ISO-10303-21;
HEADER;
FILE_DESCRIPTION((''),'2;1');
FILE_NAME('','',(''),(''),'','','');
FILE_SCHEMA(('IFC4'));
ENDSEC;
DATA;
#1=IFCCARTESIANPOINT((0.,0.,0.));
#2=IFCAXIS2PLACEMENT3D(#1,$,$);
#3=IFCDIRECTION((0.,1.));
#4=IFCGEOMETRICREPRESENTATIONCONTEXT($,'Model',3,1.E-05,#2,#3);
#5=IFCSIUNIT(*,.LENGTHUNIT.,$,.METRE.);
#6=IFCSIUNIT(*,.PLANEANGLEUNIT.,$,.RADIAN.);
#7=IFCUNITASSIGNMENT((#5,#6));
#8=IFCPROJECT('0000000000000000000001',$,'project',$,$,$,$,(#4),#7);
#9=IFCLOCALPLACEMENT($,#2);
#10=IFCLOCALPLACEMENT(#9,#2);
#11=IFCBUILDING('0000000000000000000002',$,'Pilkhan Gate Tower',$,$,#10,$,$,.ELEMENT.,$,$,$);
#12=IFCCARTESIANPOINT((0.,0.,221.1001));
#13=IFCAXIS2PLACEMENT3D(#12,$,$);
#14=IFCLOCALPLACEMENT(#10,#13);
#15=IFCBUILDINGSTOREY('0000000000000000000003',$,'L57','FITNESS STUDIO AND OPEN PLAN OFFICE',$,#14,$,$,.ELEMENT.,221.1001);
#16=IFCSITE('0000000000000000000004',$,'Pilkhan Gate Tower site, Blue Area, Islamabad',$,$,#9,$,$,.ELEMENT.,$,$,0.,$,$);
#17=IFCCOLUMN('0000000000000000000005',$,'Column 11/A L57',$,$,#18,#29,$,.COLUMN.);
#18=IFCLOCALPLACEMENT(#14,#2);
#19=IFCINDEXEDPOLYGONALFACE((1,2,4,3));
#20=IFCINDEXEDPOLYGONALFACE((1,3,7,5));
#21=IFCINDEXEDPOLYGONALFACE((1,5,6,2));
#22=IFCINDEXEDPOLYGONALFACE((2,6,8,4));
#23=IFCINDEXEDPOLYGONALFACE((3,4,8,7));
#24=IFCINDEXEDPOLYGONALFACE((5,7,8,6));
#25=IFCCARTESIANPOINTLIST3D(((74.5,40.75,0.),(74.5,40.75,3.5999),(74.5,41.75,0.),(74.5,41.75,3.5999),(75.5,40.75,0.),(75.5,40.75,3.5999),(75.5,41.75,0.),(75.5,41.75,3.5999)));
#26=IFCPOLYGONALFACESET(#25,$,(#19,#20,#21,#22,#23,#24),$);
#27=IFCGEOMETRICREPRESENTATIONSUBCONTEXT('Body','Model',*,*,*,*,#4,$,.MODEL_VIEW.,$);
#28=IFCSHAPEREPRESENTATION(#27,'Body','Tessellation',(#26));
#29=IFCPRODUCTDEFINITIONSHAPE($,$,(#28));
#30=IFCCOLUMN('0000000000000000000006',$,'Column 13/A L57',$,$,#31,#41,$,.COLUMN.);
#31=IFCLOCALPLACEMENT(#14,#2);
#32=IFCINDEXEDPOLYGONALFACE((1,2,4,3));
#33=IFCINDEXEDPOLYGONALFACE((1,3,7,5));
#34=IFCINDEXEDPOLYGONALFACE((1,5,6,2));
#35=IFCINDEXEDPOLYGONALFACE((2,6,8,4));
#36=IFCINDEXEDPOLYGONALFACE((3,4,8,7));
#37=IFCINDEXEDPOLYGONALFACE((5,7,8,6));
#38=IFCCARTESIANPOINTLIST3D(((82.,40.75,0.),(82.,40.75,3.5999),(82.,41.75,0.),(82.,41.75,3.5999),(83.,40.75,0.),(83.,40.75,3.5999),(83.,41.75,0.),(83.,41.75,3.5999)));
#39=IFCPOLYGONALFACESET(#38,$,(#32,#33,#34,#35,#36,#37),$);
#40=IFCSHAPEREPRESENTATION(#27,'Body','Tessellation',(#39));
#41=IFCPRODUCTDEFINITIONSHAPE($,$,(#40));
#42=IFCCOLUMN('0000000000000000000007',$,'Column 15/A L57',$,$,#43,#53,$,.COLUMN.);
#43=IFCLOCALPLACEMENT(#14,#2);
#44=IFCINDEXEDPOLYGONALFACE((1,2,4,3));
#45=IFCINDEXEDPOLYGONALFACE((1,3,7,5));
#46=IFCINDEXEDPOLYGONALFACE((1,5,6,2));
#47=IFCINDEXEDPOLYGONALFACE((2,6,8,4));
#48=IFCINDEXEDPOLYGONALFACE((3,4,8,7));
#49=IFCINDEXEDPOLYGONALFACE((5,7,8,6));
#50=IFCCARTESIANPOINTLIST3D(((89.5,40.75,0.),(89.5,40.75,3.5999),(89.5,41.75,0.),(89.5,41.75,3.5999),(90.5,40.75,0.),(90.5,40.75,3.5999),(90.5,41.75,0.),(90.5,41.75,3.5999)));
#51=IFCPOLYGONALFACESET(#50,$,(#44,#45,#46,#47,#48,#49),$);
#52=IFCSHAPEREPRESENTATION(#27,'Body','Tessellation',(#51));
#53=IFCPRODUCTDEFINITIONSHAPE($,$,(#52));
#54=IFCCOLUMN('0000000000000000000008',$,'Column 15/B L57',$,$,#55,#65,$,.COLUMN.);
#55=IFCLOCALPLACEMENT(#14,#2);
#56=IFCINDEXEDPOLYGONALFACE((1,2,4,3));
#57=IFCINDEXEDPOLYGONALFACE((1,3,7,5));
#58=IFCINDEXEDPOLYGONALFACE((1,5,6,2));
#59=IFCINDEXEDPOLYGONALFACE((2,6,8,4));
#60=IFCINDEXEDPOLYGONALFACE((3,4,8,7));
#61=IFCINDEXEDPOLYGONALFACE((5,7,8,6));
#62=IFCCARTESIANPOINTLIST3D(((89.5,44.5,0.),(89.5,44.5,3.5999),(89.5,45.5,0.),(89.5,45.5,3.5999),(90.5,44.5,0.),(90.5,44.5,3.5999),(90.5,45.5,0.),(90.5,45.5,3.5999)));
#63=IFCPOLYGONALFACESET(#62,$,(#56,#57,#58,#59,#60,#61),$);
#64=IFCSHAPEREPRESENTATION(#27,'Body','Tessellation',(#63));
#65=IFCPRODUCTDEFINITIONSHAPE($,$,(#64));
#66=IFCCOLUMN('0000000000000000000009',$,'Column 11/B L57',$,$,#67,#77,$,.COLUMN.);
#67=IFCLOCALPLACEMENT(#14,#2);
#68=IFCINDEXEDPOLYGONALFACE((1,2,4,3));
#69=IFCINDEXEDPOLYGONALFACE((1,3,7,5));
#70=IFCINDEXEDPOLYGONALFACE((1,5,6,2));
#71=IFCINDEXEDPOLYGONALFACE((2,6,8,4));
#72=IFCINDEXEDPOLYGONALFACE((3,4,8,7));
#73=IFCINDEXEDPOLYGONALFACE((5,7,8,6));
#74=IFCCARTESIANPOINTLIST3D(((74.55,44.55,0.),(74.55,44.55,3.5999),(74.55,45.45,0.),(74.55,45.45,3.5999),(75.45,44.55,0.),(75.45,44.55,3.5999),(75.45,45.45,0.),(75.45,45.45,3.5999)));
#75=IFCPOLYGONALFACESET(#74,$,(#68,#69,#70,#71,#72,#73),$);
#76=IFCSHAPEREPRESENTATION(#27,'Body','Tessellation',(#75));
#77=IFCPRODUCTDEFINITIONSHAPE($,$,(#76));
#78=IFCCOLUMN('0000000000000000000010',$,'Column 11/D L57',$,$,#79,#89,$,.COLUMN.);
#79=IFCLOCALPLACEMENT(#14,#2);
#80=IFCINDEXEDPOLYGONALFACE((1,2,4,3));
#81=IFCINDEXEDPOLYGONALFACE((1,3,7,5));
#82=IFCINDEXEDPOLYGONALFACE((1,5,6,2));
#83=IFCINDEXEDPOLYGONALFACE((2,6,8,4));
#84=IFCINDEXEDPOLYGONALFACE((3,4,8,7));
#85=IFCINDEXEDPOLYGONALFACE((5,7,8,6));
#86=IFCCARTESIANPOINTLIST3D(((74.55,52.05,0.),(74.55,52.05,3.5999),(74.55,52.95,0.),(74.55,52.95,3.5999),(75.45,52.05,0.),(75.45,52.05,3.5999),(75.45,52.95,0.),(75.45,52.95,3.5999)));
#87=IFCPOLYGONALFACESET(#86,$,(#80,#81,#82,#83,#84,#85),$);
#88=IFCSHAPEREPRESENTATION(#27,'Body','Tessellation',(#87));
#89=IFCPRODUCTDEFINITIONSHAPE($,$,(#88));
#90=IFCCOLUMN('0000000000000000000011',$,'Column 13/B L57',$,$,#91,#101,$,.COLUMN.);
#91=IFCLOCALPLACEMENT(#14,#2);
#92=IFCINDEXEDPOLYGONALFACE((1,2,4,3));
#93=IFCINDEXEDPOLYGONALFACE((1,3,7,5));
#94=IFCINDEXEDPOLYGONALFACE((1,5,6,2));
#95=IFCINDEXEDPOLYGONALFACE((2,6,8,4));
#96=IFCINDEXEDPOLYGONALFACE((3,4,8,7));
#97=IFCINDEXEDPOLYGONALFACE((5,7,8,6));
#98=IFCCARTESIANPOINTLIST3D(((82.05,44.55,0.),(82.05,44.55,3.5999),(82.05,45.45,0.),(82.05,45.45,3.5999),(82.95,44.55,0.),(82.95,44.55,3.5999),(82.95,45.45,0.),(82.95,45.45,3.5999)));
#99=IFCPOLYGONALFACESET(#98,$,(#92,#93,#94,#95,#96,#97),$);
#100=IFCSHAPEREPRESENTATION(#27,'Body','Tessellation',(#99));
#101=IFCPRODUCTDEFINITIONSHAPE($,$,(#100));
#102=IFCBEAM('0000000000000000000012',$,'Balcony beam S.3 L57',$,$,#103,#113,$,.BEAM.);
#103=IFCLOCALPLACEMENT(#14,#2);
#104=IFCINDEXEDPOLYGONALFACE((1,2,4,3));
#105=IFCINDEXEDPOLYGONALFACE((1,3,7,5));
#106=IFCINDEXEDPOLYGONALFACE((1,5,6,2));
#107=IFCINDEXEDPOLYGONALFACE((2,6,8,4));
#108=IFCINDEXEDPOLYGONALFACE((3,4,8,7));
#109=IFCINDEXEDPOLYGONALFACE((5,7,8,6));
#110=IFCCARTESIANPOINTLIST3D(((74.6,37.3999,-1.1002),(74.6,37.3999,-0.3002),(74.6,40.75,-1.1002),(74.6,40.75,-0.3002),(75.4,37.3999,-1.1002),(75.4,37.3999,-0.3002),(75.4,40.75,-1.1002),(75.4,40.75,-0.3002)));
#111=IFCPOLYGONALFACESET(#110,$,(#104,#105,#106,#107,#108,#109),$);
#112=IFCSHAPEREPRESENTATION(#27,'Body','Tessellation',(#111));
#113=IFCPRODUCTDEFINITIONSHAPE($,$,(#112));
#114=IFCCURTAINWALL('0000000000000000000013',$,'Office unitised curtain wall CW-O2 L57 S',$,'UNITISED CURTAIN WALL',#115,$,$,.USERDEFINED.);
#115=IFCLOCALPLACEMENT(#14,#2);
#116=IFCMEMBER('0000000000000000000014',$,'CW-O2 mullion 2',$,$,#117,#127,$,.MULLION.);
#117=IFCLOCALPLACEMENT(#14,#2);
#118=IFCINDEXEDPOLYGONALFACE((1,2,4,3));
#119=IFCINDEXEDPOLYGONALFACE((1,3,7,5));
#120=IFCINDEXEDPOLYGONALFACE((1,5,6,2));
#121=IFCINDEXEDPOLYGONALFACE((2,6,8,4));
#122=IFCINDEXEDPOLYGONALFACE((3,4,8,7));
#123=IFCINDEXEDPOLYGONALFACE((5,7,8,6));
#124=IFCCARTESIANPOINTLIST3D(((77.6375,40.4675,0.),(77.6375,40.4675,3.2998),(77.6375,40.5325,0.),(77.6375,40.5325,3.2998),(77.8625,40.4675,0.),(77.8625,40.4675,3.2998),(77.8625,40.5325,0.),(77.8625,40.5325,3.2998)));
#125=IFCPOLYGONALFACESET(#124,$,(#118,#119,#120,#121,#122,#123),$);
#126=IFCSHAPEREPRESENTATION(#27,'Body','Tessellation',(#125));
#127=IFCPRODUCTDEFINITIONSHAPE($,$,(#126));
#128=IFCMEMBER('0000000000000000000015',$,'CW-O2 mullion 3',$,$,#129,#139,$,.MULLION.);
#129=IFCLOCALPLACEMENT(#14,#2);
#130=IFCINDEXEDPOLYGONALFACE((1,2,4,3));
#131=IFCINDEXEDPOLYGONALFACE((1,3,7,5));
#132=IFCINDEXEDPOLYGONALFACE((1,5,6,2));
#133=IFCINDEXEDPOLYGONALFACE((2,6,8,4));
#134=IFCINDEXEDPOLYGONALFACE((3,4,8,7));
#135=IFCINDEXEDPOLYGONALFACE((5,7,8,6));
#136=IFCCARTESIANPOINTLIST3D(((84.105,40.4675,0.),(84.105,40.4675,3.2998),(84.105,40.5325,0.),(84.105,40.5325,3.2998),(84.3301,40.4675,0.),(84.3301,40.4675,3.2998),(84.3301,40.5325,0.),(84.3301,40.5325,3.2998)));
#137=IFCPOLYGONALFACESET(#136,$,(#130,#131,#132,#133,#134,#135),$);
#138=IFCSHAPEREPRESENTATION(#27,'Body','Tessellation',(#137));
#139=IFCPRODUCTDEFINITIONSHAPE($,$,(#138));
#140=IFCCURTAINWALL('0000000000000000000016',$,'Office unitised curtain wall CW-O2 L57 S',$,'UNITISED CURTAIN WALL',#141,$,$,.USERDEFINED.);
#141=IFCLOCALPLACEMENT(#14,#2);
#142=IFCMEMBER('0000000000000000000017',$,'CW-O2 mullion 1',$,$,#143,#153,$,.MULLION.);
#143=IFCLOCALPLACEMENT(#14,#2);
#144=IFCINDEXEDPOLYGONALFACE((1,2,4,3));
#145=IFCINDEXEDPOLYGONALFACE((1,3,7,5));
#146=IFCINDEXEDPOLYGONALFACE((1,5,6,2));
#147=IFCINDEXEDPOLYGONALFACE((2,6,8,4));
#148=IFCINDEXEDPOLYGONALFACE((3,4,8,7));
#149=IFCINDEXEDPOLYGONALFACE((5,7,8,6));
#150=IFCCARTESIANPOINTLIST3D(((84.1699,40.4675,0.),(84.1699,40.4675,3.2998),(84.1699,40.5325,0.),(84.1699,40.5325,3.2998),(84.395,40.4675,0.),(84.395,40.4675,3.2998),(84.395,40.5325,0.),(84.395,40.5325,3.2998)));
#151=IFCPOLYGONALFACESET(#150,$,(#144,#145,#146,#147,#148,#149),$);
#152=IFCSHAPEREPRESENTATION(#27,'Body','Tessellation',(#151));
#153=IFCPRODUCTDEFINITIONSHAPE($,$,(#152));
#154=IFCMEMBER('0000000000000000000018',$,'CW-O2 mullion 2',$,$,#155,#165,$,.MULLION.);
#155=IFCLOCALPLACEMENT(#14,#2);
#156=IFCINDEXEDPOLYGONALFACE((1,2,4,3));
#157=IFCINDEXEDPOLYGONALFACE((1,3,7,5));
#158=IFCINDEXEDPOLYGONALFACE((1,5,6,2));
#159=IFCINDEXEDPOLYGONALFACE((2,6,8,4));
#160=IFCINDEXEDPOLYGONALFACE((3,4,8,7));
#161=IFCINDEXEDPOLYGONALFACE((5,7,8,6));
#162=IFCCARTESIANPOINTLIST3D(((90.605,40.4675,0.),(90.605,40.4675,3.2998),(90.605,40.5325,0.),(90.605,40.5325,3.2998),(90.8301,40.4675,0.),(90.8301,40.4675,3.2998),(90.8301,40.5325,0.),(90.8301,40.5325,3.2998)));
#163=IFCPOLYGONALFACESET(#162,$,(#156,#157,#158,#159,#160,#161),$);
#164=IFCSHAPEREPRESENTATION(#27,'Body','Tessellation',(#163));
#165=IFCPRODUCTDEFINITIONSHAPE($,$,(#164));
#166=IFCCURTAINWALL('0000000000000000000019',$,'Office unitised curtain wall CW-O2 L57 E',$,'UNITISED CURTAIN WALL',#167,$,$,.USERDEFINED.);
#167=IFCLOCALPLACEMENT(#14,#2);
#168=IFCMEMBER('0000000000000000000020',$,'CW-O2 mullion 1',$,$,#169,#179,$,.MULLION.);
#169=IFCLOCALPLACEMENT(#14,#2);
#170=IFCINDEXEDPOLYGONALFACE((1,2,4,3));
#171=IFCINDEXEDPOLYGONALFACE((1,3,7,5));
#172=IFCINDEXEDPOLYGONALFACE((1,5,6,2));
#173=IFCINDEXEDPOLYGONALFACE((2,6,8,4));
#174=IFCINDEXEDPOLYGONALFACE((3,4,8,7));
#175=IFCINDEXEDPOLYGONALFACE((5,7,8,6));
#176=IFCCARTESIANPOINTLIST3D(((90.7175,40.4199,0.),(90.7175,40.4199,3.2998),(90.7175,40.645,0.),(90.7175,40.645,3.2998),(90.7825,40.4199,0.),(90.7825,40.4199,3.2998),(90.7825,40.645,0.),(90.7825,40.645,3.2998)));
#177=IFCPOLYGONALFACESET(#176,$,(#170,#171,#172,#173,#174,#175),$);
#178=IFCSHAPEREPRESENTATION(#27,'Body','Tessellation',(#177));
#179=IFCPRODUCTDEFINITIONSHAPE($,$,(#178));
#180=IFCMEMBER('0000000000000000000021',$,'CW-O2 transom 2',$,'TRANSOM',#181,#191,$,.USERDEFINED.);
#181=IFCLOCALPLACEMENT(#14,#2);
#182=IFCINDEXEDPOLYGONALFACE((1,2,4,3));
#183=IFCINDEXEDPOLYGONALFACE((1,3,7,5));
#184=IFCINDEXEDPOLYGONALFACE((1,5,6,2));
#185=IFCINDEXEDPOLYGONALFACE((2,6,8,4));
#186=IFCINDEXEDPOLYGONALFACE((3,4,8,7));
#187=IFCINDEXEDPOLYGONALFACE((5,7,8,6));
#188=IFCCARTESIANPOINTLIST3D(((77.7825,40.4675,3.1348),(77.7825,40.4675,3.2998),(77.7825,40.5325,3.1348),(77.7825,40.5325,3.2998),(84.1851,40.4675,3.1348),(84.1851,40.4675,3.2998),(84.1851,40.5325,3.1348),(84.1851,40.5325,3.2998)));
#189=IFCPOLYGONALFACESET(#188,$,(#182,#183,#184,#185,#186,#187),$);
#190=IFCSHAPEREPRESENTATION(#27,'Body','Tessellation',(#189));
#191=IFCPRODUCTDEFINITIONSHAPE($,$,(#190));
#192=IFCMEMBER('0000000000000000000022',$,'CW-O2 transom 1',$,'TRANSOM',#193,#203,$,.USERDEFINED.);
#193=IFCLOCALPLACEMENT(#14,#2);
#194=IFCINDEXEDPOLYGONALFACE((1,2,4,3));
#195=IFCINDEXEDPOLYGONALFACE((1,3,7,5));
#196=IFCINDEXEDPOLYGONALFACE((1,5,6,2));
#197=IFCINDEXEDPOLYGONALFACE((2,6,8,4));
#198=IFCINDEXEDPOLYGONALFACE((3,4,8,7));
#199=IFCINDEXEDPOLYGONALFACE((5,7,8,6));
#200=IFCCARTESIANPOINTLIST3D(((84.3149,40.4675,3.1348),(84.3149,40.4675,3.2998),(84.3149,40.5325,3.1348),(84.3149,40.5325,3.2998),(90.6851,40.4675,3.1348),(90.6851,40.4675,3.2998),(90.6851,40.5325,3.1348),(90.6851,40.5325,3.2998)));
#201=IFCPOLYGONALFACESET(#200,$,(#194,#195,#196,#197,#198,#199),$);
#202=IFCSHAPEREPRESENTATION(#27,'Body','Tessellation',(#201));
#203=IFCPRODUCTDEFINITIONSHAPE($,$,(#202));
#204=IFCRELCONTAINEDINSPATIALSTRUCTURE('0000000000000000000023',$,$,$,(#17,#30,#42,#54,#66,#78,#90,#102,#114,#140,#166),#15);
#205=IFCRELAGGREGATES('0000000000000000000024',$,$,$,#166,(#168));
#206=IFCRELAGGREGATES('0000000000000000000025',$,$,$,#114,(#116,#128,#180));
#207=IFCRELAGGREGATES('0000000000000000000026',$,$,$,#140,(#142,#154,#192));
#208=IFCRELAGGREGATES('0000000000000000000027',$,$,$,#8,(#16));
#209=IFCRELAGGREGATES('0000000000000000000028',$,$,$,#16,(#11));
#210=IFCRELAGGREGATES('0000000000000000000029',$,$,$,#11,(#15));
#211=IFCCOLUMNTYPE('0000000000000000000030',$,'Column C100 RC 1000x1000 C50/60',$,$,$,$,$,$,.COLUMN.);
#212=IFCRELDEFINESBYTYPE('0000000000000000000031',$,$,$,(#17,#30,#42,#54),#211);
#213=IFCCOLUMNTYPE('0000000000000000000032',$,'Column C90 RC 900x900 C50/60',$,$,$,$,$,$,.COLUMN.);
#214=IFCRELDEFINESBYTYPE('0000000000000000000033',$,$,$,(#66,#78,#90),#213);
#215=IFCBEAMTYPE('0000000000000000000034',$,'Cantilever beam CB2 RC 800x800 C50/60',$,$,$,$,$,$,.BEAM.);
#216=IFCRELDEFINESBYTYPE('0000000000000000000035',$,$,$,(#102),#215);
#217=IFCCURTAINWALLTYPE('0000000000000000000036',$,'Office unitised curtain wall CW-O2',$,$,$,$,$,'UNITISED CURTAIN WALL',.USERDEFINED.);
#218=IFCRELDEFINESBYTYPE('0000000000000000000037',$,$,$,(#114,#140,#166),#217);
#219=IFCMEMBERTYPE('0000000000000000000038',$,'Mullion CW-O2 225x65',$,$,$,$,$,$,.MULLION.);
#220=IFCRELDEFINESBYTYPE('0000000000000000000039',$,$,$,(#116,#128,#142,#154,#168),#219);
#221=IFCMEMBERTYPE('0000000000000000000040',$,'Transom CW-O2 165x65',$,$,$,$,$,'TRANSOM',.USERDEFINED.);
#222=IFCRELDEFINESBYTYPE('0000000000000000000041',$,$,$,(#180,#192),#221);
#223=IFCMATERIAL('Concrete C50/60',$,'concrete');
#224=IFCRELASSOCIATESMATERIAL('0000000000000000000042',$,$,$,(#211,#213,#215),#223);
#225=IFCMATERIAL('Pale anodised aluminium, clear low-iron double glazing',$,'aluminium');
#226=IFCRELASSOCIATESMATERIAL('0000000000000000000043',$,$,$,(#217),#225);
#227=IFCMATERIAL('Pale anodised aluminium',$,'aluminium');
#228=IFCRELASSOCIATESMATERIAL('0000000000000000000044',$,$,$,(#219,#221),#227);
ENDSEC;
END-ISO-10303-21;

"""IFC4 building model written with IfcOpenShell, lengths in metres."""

from ifc_helpers import new_model, si_unit, direction, frame, origin, origin_2d, place, context, subcontext, project, spatial, rectangle, extrude, material, material_profile, profile_set, type_object, element, aggregate, save


model = new_model("IFC4")

# Units and contexts
model_context = context("Model", 3, precision=1e-05, world=origin(), true_north=direction((0.0, 1.0)))
body_context = subcontext(model_context, "Body", "Model", "MODEL_VIEW")
ifc_project = project(units=[si_unit("LENGTHUNIT", "METRE"), si_unit("PLANEANGLEUNIT", "RADIAN")], contexts=[model_context])

# Site, building, storey
site_placement = place(None, origin())
site = spatial("IfcSite", under=ifc_project, at=site_placement, Name="Pilkhan Gate Tower site, Blue Area, Islamabad", CompositionType="ELEMENT", RefElevation=0.0)
building_placement = place(site_placement, origin())
building = spatial("IfcBuilding", under=site, at=building_placement, Name="Pilkhan Gate Tower", CompositionType="ELEMENT")
storey_placement = place(building_placement, frame((0.0, 0.0, 221.1001)))
storey = spatial("IfcBuildingStorey", under=building, at=storey_placement, Name="L57", Description="FITNESS STUDIO AND OPEN PLAN OFFICE", CompositionType="ELEMENT", Elevation=221.1001)

# Columns
ifc_material_1 = material(Name="Concrete C50/60", Category="concrete")
ifc_material_profile_1 = material_profile(ifc_material_1, rectangle(XDim=1.0, YDim=1.0, at=origin_2d()), Name="RC 1000x1000")
ifc_profile_set_1 = profile_set([ifc_material_profile_1], Name="Concrete C50/60")
column_type_1 = type_object("IfcColumnType", Name="Column C100 RC 1000x1000 C50/60", PredefinedType="COLUMN", material=ifc_profile_set_1)
for number, where, z_axis, x_axis, name in (
    (1, (75.0, 41.25, 0.0), (0.0, 0.0, 1.0), (1.0, 0.0, 0.0), "Column 11/A L57"),
    (2, (82.5, 41.25, 0.0), (0.0, 0.0, 1.0), (1.0, 0.0, 0.0), "Column 13/A L57"),
    (3, (90.0, 41.25, 0.0), (0.0, 0.0, 1.0), (1.0, 0.0, 0.0), "Column 15/A L57"),
    (4, (90.0, 45.0, 0.0), (0.0, 0.0, 1.0), (1.0, 0.0, 0.0), "Column 15/B L57"),
):
    element("IfcColumn", number, at=place(storey_placement, frame(where, z_axis=z_axis, x_axis=x_axis)), inside=storey, type_object=column_type_1, Name=name, PredefinedType="COLUMN", context=body_context, shape_type="SweptSolid", body=[
        extrude(rectangle(XDim=1.0, YDim=1.0, at=origin_2d()), origin(), (0.0, 0.0, 1.0), 3.5999),
    ])
ifc_material_profile_2 = material_profile(ifc_material_1, rectangle(XDim=0.8999, YDim=0.8999, at=origin_2d()), Name="RC 900x900")
ifc_profile_set_2 = profile_set([ifc_material_profile_2], Name="Concrete C50/60")
column_type_2 = type_object("IfcColumnType", Name="Column C90 RC 900x900 C50/60", PredefinedType="COLUMN", material=ifc_profile_set_2)
for number, where, z_axis, x_axis, name in (
    (5, (75.0, 45.0, 0.0), (0.0, 0.0, 1.0), (1.0, 0.0, 0.0), "Column 11/B L57"),
    (6, (75.0, 52.5, 0.0), (0.0, 0.0, 1.0), (1.0, 0.0, 0.0), "Column 11/D L57"),
    (7, (82.5, 45.0, 0.0), (0.0, 0.0, 1.0), (1.0, 0.0, 0.0), "Column 13/B L57"),
):
    element("IfcColumn", number, at=place(storey_placement, frame(where, z_axis=z_axis, x_axis=x_axis)), inside=storey, type_object=column_type_2, Name=name, PredefinedType="COLUMN", context=body_context, shape_type="SweptSolid", body=[
        extrude(rectangle(XDim=0.8999, YDim=0.8999, at=origin_2d()), origin(), (0.0, 0.0, 1.0), 3.5999),
    ])

# Beam
ifc_material_profile_3 = material_profile(ifc_material_1, rectangle(XDim=0.8, YDim=0.8, at=origin_2d()), Name="RC 800x800")
ifc_profile_set_3 = profile_set([ifc_material_profile_3], Name="Concrete C50/60")
beam_type = type_object("IfcBeamType", Name="Cantilever beam CB2 RC 800x800 C50/60", PredefinedType="BEAM", material=ifc_profile_set_3)
beam_placement = place(storey_placement, frame((75.0, 40.75, -0.7002), z_axis=(0.0, -1.0, 0.0), x_axis=(1.0, 0.0, 0.0)))
element("IfcBeam", 8, at=beam_placement, inside=storey, type_object=beam_type, Name="Balcony beam S.3 L57", PredefinedType="BEAM", context=body_context, shape_type="SweptSolid", body=[
    extrude(rectangle(XDim=0.8, YDim=0.8, at=origin_2d()), origin(), (0.0, 0.0, 1.0), 3.3501),
])

# Curtain walls, members
ifc_material_2 = material(Name="Pale anodised aluminium, clear low-iron double glazing", Category="aluminium")
curtain_wall_type = type_object("IfcCurtainWallType", Name="Office unitised curtain wall CW-O2", ElementType="UNITISED CURTAIN WALL", PredefinedType="USERDEFINED", material=ifc_material_2)
curtain_wall_1_placement = place(storey_placement, origin())
curtain_wall_1 = element("IfcCurtainWall", 9, at=curtain_wall_1_placement, inside=storey, type_object=curtain_wall_type, Name="Office unitised curtain wall CW-O2 L57 S", ObjectType="UNITISED CURTAIN WALL", PredefinedType="USERDEFINED")
ifc_material_3 = material(Name="Pale anodised aluminium", Category="aluminium")
ifc_material_profile_4 = material_profile(ifc_material_3, rectangle(XDim=0.0649, YDim=0.2251, at=origin_2d()), Name="Mullion 225x65")
ifc_profile_set_4 = profile_set([ifc_material_profile_4], Name="Pale anodised aluminium")
member_type_1 = type_object("IfcMemberType", Name="Mullion CW-O2 225x65", PredefinedType="MULLION", material=ifc_profile_set_4)
member_1_placement = place(storey_placement, frame((77.75, 40.5, 0.0), z_axis=(0.0, 0.0, 1.0), x_axis=(0.0, 1.0, 0.0)))
member_1 = element("IfcMember", 10, at=member_1_placement, type_object=member_type_1, Name="CW-O2 mullion 2", PredefinedType="MULLION", context=body_context, shape_type="SweptSolid", body=[
    extrude(rectangle(XDim=0.0649, YDim=0.2251, at=origin_2d()), origin(), (0.0, 0.0, 1.0), 3.2998),
])
member_2_placement = place(storey_placement, frame((84.2175, 40.5, 0.0), z_axis=(0.0, 0.0, 1.0), x_axis=(0.0, 1.0, 0.0)))
member_2 = element("IfcMember", 11, at=member_2_placement, type_object=member_type_1, Name="CW-O2 mullion 3", PredefinedType="MULLION", context=body_context, shape_type="SweptSolid", body=[
    extrude(rectangle(XDim=0.0649, YDim=0.2251, at=origin_2d()), origin(), (0.0, 0.0, 1.0), 3.2998),
])
curtain_wall_2_placement = place(storey_placement, origin())
curtain_wall_2 = element("IfcCurtainWall", 12, at=curtain_wall_2_placement, inside=storey, type_object=curtain_wall_type, Name="Office unitised curtain wall CW-O2 L57 S", ObjectType="UNITISED CURTAIN WALL", PredefinedType="USERDEFINED")
member_3_placement = place(storey_placement, frame((84.2825, 40.5, 0.0), z_axis=(0.0, 0.0, 1.0), x_axis=(0.0, 1.0, 0.0)))
member_3 = element("IfcMember", 13, at=member_3_placement, type_object=member_type_1, Name="CW-O2 mullion 1", PredefinedType="MULLION", context=body_context, shape_type="SweptSolid", body=[
    extrude(rectangle(XDim=0.0649, YDim=0.2251, at=origin_2d()), origin(), (0.0, 0.0, 1.0), 3.2998),
])
member_4_placement = place(storey_placement, frame((90.7175, 40.5, 0.0), z_axis=(0.0, 0.0, 1.0), x_axis=(0.0, 1.0, 0.0)))
member_4 = element("IfcMember", 14, at=member_4_placement, type_object=member_type_1, Name="CW-O2 mullion 2", PredefinedType="MULLION", context=body_context, shape_type="SweptSolid", body=[
    extrude(rectangle(XDim=0.0649, YDim=0.2251, at=origin_2d()), origin(), (0.0, 0.0, 1.0), 3.2998),
])

# Curtain wall, member
curtain_wall_3_placement = place(storey_placement, origin())
curtain_wall_3 = element("IfcCurtainWall", 15, at=curtain_wall_3_placement, inside=storey, type_object=curtain_wall_type, Name="Office unitised curtain wall CW-O2 L57 E", ObjectType="UNITISED CURTAIN WALL", PredefinedType="USERDEFINED")
member_5_placement = place(storey_placement, frame((90.75, 40.5325, 0.0), z_axis=(0.0, 0.0, 1.0), x_axis=(-1.0, 0.0, 0.0)))
member_5 = element("IfcMember", 16, at=member_5_placement, type_object=member_type_1, Name="CW-O2 mullion 1", PredefinedType="MULLION", context=body_context, shape_type="SweptSolid", body=[
    extrude(rectangle(XDim=0.0649, YDim=0.2251, at=origin_2d()), origin(), (0.0, 0.0, 1.0), 3.2998),
])

# Members
ifc_material_profile_5 = material_profile(ifc_material_3, rectangle(XDim=0.0649, YDim=0.165, at=origin_2d()), Name="Transom 165x65")
ifc_profile_set_5 = profile_set([ifc_material_profile_5], Name="Pale anodised aluminium")
member_type_2 = type_object("IfcMemberType", Name="Transom CW-O2 165x65", ElementType="TRANSOM", PredefinedType="USERDEFINED", material=ifc_profile_set_5)
member_6_placement = place(storey_placement, frame((77.7825, 40.5, 3.2173), z_axis=(1.0, 0.0, 0.0), x_axis=(0.0, 1.0, 0.0)))
member_6 = element("IfcMember", 17, at=member_6_placement, type_object=member_type_2, Name="CW-O2 transom 2", ObjectType="TRANSOM", PredefinedType="USERDEFINED", context=body_context, shape_type="SweptSolid", body=[
    extrude(rectangle(XDim=0.0649, YDim=0.165, at=origin_2d()), origin(), (0.0, 0.0, 1.0), 6.4026),
])
member_7_placement = place(storey_placement, frame((84.3149, 40.5, 3.2173), z_axis=(1.0, 0.0, 0.0), x_axis=(0.0, 1.0, 0.0)))
member_7 = element("IfcMember", 18, at=member_7_placement, type_object=member_type_2, Name="CW-O2 transom 1", ObjectType="TRANSOM", PredefinedType="USERDEFINED", context=body_context, shape_type="SweptSolid", body=[
    extrude(rectangle(XDim=0.0649, YDim=0.165, at=origin_2d()), origin(), (0.0, 0.0, 1.0), 6.3701),
])
aggregate(curtain_wall_3, [member_5])

aggregate(curtain_wall_1, [member_1, member_2, member_6])
aggregate(curtain_wall_2, [member_3, member_4, member_7])

save(model, "model.ifc")
